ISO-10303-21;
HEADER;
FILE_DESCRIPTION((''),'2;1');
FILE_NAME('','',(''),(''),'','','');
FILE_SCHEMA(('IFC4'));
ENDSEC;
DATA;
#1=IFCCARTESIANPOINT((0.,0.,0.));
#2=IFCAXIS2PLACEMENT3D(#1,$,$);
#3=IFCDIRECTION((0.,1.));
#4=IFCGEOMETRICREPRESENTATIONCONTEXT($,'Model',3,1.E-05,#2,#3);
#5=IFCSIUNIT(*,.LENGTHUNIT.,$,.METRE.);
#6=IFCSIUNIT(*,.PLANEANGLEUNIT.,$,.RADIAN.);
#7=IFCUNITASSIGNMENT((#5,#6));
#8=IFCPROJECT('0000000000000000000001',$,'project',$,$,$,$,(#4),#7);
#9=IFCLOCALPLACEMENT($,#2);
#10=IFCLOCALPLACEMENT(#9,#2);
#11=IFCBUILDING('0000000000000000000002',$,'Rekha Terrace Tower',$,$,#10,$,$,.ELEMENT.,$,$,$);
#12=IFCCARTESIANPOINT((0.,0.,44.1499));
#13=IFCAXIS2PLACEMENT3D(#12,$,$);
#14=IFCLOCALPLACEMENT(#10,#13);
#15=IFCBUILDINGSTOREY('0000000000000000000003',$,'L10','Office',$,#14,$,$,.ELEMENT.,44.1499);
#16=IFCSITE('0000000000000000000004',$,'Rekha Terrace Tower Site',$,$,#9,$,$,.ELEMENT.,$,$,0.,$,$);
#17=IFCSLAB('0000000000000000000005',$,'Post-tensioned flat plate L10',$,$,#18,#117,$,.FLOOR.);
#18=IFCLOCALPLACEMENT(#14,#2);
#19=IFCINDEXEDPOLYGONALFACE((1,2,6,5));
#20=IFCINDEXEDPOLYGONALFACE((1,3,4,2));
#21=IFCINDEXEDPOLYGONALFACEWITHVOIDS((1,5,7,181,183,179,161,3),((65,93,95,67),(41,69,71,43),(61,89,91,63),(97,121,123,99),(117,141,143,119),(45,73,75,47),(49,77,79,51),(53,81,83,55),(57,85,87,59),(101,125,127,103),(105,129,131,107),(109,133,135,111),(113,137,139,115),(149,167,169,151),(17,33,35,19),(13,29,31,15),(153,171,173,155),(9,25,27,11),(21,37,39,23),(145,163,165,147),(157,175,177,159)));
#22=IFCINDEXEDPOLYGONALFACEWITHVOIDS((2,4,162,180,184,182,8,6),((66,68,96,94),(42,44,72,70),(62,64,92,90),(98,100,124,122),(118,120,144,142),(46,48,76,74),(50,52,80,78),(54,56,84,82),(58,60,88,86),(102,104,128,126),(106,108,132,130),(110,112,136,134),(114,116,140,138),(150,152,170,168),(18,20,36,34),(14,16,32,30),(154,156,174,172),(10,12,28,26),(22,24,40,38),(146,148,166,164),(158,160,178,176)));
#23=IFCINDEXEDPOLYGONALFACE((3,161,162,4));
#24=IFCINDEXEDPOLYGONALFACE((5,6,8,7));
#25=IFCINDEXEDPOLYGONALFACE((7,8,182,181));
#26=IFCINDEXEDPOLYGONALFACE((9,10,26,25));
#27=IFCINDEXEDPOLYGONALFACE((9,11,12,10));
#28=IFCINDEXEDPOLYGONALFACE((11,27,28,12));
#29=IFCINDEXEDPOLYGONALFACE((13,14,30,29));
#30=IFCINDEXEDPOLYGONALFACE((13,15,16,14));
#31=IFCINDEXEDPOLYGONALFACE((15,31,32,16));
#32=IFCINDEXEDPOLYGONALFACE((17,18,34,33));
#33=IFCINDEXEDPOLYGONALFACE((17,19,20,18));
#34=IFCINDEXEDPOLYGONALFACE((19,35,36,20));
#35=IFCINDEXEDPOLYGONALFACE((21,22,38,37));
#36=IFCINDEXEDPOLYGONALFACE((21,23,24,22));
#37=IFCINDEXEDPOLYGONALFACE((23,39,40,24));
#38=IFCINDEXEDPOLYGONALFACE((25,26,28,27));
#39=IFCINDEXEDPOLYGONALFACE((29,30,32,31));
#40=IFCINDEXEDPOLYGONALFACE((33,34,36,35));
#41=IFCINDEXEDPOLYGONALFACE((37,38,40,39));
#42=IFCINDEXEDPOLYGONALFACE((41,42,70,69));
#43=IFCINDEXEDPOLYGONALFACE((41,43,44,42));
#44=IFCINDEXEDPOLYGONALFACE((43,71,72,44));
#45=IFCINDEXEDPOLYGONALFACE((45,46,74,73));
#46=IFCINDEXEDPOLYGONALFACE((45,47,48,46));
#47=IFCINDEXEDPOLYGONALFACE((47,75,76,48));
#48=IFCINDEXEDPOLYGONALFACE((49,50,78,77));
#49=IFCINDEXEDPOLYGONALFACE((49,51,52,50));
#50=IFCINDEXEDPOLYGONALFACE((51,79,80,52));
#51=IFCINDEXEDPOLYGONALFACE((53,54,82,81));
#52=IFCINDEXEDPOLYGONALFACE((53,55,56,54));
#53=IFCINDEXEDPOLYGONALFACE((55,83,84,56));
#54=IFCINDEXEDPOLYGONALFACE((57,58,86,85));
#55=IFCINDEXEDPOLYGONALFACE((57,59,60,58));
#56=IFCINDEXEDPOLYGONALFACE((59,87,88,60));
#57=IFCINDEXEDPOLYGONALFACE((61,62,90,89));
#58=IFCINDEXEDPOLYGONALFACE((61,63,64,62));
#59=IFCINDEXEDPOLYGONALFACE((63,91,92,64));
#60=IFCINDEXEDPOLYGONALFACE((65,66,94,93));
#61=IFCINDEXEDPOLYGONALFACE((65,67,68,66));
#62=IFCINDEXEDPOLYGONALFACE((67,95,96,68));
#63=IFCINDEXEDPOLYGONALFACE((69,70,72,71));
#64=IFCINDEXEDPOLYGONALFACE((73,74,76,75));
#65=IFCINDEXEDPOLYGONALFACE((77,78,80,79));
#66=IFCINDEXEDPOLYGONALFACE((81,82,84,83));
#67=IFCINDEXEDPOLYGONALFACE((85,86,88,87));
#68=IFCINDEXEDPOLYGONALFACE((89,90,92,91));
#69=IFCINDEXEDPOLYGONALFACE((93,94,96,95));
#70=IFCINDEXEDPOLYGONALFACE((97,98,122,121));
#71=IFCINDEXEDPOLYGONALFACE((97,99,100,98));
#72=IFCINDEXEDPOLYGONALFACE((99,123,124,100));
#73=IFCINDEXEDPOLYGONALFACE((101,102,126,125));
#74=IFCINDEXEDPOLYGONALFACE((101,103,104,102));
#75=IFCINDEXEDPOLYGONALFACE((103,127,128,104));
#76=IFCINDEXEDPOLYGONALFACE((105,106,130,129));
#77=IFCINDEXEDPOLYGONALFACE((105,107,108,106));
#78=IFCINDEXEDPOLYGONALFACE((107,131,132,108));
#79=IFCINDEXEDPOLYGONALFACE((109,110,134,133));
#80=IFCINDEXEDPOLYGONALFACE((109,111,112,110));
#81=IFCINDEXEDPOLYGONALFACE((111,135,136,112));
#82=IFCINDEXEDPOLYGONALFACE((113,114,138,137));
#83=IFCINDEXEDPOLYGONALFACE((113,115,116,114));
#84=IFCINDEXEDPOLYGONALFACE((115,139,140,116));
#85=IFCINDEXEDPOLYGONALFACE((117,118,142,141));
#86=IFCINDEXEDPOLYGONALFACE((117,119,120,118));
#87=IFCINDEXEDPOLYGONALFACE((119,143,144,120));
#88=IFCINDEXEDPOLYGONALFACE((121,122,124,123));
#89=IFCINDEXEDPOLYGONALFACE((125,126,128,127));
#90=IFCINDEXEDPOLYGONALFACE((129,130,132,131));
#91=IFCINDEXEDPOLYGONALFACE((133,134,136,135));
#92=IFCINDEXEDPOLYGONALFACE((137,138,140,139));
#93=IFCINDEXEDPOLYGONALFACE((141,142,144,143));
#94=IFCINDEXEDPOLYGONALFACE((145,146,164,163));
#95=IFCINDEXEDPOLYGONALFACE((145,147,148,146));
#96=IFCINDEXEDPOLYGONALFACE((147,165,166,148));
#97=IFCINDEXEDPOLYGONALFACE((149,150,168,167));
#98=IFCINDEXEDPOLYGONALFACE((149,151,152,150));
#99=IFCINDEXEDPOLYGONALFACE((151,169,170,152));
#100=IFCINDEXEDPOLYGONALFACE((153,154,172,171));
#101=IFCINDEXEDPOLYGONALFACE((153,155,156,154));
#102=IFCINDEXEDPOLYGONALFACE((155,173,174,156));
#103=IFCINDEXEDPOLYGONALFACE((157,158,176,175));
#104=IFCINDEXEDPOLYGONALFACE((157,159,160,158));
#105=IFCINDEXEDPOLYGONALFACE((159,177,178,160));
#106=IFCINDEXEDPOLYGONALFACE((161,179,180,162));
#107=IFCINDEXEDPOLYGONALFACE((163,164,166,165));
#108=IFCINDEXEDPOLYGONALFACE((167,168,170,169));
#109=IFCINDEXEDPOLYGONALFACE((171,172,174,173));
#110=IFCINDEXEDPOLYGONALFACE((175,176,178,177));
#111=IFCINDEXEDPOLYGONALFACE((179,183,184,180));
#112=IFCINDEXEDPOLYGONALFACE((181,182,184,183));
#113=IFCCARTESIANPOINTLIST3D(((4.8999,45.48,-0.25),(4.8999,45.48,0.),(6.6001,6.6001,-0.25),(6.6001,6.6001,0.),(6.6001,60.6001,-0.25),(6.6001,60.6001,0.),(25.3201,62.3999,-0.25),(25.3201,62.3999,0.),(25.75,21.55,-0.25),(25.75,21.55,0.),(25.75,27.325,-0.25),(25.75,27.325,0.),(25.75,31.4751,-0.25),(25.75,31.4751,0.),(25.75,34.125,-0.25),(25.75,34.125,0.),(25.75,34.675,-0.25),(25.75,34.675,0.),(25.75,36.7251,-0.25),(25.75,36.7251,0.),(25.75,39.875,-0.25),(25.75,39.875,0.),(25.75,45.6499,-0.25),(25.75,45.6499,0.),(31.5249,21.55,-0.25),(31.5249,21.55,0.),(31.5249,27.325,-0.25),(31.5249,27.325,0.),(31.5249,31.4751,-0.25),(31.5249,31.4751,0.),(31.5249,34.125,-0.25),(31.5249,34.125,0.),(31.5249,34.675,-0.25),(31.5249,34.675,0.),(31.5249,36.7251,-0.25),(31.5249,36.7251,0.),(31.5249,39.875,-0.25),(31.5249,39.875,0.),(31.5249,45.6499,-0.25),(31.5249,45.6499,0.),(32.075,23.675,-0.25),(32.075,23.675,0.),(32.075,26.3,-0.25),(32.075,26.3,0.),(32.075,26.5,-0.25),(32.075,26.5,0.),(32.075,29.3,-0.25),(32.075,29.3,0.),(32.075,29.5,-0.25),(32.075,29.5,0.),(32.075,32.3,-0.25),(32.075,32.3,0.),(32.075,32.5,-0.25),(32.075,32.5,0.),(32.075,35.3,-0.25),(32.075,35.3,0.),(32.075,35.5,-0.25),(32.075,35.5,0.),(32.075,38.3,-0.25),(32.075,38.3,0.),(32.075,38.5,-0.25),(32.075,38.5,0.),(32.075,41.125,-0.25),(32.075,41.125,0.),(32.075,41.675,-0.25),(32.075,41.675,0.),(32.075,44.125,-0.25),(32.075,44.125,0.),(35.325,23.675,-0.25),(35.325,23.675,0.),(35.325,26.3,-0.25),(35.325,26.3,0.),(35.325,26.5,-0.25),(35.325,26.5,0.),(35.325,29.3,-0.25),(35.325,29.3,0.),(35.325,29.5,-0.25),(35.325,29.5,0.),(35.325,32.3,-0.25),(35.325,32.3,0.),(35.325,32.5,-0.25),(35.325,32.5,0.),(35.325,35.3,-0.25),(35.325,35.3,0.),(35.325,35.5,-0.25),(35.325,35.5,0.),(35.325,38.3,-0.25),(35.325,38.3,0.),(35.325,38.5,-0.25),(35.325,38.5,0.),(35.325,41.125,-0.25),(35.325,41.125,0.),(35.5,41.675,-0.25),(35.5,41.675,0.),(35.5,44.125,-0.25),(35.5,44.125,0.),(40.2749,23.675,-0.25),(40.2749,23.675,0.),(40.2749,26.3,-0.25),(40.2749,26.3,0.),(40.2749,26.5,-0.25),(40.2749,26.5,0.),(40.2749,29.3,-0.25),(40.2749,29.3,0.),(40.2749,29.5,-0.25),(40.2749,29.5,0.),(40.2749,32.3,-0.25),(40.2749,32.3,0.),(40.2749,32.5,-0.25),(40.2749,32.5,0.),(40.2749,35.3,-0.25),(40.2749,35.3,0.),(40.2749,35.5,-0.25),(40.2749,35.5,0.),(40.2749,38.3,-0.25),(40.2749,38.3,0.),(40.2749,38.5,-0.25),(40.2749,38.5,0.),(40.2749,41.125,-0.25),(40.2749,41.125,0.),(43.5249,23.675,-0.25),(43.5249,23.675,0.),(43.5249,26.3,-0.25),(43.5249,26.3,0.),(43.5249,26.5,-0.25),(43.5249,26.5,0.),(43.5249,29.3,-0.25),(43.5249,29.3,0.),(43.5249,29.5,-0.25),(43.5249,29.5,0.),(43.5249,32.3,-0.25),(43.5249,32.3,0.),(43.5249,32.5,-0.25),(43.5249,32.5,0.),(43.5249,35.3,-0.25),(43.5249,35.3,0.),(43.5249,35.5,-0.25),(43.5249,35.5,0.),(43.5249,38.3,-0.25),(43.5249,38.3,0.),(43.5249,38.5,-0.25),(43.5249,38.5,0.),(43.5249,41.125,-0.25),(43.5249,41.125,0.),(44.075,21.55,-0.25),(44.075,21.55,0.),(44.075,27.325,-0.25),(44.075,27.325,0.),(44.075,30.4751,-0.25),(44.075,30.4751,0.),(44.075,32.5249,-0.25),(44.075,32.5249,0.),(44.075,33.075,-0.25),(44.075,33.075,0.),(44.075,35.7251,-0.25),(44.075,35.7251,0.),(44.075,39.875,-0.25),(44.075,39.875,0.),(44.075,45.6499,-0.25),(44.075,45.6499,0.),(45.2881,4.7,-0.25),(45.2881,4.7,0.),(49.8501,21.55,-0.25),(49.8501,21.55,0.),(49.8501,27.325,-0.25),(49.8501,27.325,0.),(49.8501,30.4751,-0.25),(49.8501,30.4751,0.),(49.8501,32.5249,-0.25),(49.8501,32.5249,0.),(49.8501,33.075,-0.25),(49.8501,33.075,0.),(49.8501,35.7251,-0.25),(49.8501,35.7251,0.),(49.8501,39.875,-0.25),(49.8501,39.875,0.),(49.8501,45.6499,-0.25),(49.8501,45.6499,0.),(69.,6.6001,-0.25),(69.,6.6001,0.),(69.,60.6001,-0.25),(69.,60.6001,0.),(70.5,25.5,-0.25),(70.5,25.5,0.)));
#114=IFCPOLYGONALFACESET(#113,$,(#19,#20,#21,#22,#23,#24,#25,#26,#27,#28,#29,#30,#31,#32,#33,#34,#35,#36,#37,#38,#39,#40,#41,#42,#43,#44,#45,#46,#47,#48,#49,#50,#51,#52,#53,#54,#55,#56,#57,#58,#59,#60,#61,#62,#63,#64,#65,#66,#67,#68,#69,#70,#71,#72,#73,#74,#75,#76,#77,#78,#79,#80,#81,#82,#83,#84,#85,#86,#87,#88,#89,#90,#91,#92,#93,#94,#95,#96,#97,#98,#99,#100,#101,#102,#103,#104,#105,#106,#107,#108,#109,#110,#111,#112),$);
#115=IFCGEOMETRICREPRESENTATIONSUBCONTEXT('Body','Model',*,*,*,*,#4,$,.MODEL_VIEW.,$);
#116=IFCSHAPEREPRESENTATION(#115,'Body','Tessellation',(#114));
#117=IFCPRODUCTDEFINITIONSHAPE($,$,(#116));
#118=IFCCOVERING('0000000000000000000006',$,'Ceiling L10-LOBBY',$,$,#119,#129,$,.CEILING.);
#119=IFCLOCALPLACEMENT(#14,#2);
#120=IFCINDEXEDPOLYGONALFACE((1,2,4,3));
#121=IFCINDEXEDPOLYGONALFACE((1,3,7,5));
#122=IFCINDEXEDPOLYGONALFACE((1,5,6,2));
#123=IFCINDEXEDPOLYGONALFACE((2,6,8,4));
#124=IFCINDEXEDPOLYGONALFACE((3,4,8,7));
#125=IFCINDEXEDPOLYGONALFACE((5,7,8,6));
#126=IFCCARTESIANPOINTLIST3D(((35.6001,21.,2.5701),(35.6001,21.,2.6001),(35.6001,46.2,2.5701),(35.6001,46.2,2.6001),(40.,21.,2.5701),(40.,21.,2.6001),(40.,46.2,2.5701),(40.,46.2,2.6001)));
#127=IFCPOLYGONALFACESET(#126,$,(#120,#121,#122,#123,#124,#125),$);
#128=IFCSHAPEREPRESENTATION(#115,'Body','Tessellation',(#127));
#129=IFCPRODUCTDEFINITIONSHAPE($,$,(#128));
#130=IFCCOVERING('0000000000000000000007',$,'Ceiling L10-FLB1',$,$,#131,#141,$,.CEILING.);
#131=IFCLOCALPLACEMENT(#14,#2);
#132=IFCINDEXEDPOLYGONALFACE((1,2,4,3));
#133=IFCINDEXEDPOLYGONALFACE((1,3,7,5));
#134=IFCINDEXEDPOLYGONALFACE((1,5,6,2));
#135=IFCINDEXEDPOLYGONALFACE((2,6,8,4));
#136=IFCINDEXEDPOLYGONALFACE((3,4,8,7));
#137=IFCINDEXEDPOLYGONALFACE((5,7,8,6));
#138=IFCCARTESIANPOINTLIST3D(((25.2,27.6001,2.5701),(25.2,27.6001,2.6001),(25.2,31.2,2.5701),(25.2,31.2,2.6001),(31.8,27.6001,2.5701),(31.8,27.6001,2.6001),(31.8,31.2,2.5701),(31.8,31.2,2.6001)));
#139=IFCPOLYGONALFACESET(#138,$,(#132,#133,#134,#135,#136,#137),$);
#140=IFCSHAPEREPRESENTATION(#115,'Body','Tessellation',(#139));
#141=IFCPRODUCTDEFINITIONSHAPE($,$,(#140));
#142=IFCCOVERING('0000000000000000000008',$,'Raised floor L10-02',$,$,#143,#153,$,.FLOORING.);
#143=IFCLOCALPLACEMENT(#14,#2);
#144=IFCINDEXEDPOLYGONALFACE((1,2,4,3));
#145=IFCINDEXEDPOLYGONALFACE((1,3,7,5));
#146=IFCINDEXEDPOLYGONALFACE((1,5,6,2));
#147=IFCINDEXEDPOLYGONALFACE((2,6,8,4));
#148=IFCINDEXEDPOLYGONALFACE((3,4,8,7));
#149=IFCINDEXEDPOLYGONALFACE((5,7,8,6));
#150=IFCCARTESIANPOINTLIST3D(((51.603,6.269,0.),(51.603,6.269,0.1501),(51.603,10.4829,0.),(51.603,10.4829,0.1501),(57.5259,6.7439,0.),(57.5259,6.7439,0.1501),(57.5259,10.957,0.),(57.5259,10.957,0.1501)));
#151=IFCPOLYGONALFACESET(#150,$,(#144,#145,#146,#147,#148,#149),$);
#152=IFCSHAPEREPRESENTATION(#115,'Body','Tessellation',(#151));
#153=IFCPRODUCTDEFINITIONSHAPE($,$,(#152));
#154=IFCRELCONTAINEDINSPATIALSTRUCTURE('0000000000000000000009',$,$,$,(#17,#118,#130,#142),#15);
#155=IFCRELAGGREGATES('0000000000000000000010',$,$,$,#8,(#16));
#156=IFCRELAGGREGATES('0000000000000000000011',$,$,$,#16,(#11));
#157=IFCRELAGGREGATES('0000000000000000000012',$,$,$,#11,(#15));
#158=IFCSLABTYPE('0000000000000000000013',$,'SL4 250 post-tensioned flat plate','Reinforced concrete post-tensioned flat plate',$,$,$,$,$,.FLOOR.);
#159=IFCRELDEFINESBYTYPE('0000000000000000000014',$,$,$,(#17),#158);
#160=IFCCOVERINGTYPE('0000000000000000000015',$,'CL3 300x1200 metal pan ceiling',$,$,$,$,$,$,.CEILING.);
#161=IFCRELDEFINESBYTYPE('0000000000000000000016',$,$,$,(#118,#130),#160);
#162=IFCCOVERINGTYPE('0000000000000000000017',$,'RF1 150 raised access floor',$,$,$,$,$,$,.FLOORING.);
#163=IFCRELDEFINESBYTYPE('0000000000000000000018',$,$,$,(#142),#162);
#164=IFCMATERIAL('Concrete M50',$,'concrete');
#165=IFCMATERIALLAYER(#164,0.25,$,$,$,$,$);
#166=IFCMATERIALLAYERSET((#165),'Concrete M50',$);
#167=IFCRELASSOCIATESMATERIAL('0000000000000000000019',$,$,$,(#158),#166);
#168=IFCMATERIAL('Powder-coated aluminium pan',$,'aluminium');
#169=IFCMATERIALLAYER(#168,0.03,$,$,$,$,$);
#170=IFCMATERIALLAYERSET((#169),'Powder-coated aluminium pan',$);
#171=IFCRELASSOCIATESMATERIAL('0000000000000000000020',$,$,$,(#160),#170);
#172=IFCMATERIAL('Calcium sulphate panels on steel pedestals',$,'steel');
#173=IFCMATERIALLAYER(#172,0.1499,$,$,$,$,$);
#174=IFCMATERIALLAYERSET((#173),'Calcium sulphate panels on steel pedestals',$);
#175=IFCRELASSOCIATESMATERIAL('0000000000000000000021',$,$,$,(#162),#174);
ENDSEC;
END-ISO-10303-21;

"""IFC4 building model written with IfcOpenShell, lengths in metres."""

from ifc_helpers import new_model, si_unit, direction, frame, origin, place, context, subcontext, project, spatial, polyline, outline, extrude, material, layer, layer_set, type_object, element, save


model = new_model("IFC4")

# Units and contexts
model_context = context("Model", 3, precision=1e-05, world=origin(), true_north=direction((0.0, 1.0)))
body_context = subcontext(model_context, "Body", "Model", "MODEL_VIEW")
ifc_project = project(units=[si_unit("LENGTHUNIT", "METRE"), si_unit("PLANEANGLEUNIT", "RADIAN")], contexts=[model_context])

# Site, building, storey
site_placement = place(None, origin())
site = spatial("IfcSite", under=ifc_project, at=site_placement, Name="Rekha Terrace Tower Site", CompositionType="ELEMENT", RefElevation=0.0)
building_placement = place(site_placement, origin())
building = spatial("IfcBuilding", under=site, at=building_placement, Name="Rekha Terrace Tower", CompositionType="ELEMENT")
storey_placement = place(building_placement, frame((0.0, 0.0, 44.1499)))
storey = spatial("IfcBuildingStorey", under=building, at=storey_placement, Name="L10", Description="Office", CompositionType="ELEMENT", Elevation=44.1499)

# Slab
ifc_material_1 = material(Name="Concrete M50", Category="concrete")
ifc_layer_1 = layer(ifc_material_1, 0.25)
ifc_layer_set_1 = layer_set([ifc_layer_1], Name="Concrete M50")
slab_type_1 = type_object("IfcSlabType", Name="SL4 250 post-tensioned flat plate", Description="Reinforced concrete post-tensioned flat plate", PredefinedType="FLOOR", material=ifc_layer_set_1)
slab_1_placement = place(storey_placement, frame((0.0, 0.0, -0.25)))
element("IfcSlab", 1, at=slab_1_placement, inside=storey, type_object=slab_type_1, Name="Post-tensioned flat plate L10", PredefinedType="FLOOR", context=body_context, shape_type="SweptSolid", body=[
    extrude(outline(polyline([(4.8999, 45.48), (6.6001, 6.6001), (45.2881, 4.7), (69.0, 6.6001), (70.5, 25.5), (69.0, 60.6001), (25.3201, 62.3999), (6.6001, 60.6001), (4.8999, 45.48)]), holes=[polyline([(31.5249, 27.325), (31.5249, 21.55), (25.75, 21.55), (25.75, 27.325), (31.5249, 27.325)]), polyline([(35.325, 26.3), (35.325, 23.675), (32.075, 23.675), (32.075, 26.3), (35.325, 26.3)]), polyline([(35.325, 29.3), (35.325, 26.5), (32.075, 26.5), (32.075, 29.3), (35.325, 29.3)]), polyline([(35.325, 29.5), (32.075, 29.5), (32.075, 32.3), (35.325, 32.3), (35.325, 29.5)]), polyline([(31.5249, 31.4751), (25.75, 31.4751), (25.75, 34.125), (31.5249, 34.125), (31.5249, 31.4751)]), polyline([(35.325, 35.3), (35.325, 32.5), (32.075, 32.5), (32.075, 35.3), (35.325, 35.3)]), polyline([(31.5249, 36.7251), (31.5249, 34.675), (25.75, 34.675), (25.75, 36.7251), (31.5249, 36.7251)]), polyline([(35.325, 38.3), (35.325, 35.5), (32.075, 35.5), (32.075, 38.3), (35.325, 38.3)]), polyline([(35.325, 38.5), (32.075, 38.5), (32.075, 41.125), (35.325, 41.125), (35.325, 38.5)]), polyline([(31.5249, 39.875), (25.75, 39.875), (25.75, 45.6499), (31.5249, 45.6499), (31.5249, 39.875)]), polyline([(35.5, 44.125), (35.5, 41.675), (32.075, 41.675), (32.075, 44.125), (35.5, 44.125)]), polyline([(49.8501, 27.325), (49.8501, 21.55), (44.075, 21.55), (44.075, 27.325), (49.8501, 27.325)]), polyline([(43.5249, 26.3), (43.5249, 23.675), (40.2749, 23.675), (40.2749, 26.3), (43.5249, 26.3)]), polyline([(43.5249, 26.5), (40.2749, 26.5), (40.2749, 29.3), (43.5249, 29.3), (43.5249, 26.5)]), polyline([(43.5249, 29.5), (40.2749, 29.5), (40.2749, 32.3), (43.5249, 32.3), (43.5249, 29.5)]), polyline([(49.8501, 32.5249), (49.8501, 30.4751), (44.075, 30.4751), (44.075, 32.5249), (49.8501, 32.5249)]), polyline([(43.5249, 32.5), (40.2749, 32.5), (40.2749, 35.3), (43.5249, 35.3), (43.5249, 32.5)]), polyline([(49.8501, 33.075), (44.075, 33.075), (44.075, 35.7251), (49.8501, 35.7251), (49.8501, 33.075)]), polyline([(43.5249, 38.3), (43.5249, 35.5), (40.2749, 35.5), (40.2749, 38.3), (43.5249, 38.3)]), polyline([(43.5249, 38.5), (40.2749, 38.5), (40.2749, 41.125), (43.5249, 41.125), (43.5249, 38.5)]), polyline([(49.8501, 39.875), (44.075, 39.875), (44.075, 45.6499), (49.8501, 45.6499), (49.8501, 39.875)])]), origin(), (0.0, 0.0, 1.0), 0.25),
])

# Coverings
ifc_material_2 = material(Name="Powder-coated aluminium pan", Category="aluminium")
ifc_layer_2 = layer(ifc_material_2, 0.03)
ifc_layer_set_2 = layer_set([ifc_layer_2], Name="Powder-coated aluminium pan")
covering_type_1 = type_object("IfcCoveringType", Name="CL3 300x1200 metal pan ceiling", PredefinedType="CEILING", material=ifc_layer_set_2)
covering_1_placement = place(storey_placement, frame((0.0, 0.0, 2.5701)))
element("IfcCovering", 2, at=covering_1_placement, inside=storey, type_object=covering_type_1, Name="Ceiling L10-LOBBY", PredefinedType="CEILING", context=body_context, shape_type="SweptSolid", body=[
    extrude(outline(polyline([(40.0, 46.2), (35.6001, 46.2), (35.6001, 21.0), (40.0, 21.0), (40.0, 46.2)])), origin(), (0.0, 0.0, 1.0), 0.03),
])
covering_2_placement = place(storey_placement, frame((0.0, 0.0, 2.5701)))
element("IfcCovering", 3, at=covering_2_placement, inside=storey, type_object=covering_type_1, Name="Ceiling L10-FLB1", PredefinedType="CEILING", context=body_context, shape_type="SweptSolid", body=[
    extrude(outline(polyline([(31.8, 31.2), (25.2, 31.2), (25.2, 27.6001), (31.8, 27.6001), (31.8, 31.2)])), origin(), (0.0, 0.0, 1.0), 0.03),
])
ifc_material_3 = material(Name="Calcium sulphate panels on steel pedestals", Category="steel")
ifc_layer_3 = layer(ifc_material_3, 0.1499)
ifc_layer_set_3 = layer_set([ifc_layer_3], Name="Calcium sulphate panels on steel pedestals")
covering_type_2 = type_object("IfcCoveringType", Name="RF1 150 raised access floor", PredefinedType="FLOORING", material=ifc_layer_set_3)
covering_3_placement = place(storey_placement, origin())
element("IfcCovering", 4, at=covering_3_placement, inside=storey, type_object=covering_type_2, Name="Raised floor L10-02", PredefinedType="FLOORING", context=body_context, shape_type="SweptSolid", body=[
    extrude(outline(polyline([(57.5259, 6.7439), (57.5259, 10.957), (51.603, 10.4829), (51.603, 6.269), (57.5259, 6.7439)])), origin(), (0.0, 0.0, 1.0), 0.1501),
])

save(model, "model.ifc")
